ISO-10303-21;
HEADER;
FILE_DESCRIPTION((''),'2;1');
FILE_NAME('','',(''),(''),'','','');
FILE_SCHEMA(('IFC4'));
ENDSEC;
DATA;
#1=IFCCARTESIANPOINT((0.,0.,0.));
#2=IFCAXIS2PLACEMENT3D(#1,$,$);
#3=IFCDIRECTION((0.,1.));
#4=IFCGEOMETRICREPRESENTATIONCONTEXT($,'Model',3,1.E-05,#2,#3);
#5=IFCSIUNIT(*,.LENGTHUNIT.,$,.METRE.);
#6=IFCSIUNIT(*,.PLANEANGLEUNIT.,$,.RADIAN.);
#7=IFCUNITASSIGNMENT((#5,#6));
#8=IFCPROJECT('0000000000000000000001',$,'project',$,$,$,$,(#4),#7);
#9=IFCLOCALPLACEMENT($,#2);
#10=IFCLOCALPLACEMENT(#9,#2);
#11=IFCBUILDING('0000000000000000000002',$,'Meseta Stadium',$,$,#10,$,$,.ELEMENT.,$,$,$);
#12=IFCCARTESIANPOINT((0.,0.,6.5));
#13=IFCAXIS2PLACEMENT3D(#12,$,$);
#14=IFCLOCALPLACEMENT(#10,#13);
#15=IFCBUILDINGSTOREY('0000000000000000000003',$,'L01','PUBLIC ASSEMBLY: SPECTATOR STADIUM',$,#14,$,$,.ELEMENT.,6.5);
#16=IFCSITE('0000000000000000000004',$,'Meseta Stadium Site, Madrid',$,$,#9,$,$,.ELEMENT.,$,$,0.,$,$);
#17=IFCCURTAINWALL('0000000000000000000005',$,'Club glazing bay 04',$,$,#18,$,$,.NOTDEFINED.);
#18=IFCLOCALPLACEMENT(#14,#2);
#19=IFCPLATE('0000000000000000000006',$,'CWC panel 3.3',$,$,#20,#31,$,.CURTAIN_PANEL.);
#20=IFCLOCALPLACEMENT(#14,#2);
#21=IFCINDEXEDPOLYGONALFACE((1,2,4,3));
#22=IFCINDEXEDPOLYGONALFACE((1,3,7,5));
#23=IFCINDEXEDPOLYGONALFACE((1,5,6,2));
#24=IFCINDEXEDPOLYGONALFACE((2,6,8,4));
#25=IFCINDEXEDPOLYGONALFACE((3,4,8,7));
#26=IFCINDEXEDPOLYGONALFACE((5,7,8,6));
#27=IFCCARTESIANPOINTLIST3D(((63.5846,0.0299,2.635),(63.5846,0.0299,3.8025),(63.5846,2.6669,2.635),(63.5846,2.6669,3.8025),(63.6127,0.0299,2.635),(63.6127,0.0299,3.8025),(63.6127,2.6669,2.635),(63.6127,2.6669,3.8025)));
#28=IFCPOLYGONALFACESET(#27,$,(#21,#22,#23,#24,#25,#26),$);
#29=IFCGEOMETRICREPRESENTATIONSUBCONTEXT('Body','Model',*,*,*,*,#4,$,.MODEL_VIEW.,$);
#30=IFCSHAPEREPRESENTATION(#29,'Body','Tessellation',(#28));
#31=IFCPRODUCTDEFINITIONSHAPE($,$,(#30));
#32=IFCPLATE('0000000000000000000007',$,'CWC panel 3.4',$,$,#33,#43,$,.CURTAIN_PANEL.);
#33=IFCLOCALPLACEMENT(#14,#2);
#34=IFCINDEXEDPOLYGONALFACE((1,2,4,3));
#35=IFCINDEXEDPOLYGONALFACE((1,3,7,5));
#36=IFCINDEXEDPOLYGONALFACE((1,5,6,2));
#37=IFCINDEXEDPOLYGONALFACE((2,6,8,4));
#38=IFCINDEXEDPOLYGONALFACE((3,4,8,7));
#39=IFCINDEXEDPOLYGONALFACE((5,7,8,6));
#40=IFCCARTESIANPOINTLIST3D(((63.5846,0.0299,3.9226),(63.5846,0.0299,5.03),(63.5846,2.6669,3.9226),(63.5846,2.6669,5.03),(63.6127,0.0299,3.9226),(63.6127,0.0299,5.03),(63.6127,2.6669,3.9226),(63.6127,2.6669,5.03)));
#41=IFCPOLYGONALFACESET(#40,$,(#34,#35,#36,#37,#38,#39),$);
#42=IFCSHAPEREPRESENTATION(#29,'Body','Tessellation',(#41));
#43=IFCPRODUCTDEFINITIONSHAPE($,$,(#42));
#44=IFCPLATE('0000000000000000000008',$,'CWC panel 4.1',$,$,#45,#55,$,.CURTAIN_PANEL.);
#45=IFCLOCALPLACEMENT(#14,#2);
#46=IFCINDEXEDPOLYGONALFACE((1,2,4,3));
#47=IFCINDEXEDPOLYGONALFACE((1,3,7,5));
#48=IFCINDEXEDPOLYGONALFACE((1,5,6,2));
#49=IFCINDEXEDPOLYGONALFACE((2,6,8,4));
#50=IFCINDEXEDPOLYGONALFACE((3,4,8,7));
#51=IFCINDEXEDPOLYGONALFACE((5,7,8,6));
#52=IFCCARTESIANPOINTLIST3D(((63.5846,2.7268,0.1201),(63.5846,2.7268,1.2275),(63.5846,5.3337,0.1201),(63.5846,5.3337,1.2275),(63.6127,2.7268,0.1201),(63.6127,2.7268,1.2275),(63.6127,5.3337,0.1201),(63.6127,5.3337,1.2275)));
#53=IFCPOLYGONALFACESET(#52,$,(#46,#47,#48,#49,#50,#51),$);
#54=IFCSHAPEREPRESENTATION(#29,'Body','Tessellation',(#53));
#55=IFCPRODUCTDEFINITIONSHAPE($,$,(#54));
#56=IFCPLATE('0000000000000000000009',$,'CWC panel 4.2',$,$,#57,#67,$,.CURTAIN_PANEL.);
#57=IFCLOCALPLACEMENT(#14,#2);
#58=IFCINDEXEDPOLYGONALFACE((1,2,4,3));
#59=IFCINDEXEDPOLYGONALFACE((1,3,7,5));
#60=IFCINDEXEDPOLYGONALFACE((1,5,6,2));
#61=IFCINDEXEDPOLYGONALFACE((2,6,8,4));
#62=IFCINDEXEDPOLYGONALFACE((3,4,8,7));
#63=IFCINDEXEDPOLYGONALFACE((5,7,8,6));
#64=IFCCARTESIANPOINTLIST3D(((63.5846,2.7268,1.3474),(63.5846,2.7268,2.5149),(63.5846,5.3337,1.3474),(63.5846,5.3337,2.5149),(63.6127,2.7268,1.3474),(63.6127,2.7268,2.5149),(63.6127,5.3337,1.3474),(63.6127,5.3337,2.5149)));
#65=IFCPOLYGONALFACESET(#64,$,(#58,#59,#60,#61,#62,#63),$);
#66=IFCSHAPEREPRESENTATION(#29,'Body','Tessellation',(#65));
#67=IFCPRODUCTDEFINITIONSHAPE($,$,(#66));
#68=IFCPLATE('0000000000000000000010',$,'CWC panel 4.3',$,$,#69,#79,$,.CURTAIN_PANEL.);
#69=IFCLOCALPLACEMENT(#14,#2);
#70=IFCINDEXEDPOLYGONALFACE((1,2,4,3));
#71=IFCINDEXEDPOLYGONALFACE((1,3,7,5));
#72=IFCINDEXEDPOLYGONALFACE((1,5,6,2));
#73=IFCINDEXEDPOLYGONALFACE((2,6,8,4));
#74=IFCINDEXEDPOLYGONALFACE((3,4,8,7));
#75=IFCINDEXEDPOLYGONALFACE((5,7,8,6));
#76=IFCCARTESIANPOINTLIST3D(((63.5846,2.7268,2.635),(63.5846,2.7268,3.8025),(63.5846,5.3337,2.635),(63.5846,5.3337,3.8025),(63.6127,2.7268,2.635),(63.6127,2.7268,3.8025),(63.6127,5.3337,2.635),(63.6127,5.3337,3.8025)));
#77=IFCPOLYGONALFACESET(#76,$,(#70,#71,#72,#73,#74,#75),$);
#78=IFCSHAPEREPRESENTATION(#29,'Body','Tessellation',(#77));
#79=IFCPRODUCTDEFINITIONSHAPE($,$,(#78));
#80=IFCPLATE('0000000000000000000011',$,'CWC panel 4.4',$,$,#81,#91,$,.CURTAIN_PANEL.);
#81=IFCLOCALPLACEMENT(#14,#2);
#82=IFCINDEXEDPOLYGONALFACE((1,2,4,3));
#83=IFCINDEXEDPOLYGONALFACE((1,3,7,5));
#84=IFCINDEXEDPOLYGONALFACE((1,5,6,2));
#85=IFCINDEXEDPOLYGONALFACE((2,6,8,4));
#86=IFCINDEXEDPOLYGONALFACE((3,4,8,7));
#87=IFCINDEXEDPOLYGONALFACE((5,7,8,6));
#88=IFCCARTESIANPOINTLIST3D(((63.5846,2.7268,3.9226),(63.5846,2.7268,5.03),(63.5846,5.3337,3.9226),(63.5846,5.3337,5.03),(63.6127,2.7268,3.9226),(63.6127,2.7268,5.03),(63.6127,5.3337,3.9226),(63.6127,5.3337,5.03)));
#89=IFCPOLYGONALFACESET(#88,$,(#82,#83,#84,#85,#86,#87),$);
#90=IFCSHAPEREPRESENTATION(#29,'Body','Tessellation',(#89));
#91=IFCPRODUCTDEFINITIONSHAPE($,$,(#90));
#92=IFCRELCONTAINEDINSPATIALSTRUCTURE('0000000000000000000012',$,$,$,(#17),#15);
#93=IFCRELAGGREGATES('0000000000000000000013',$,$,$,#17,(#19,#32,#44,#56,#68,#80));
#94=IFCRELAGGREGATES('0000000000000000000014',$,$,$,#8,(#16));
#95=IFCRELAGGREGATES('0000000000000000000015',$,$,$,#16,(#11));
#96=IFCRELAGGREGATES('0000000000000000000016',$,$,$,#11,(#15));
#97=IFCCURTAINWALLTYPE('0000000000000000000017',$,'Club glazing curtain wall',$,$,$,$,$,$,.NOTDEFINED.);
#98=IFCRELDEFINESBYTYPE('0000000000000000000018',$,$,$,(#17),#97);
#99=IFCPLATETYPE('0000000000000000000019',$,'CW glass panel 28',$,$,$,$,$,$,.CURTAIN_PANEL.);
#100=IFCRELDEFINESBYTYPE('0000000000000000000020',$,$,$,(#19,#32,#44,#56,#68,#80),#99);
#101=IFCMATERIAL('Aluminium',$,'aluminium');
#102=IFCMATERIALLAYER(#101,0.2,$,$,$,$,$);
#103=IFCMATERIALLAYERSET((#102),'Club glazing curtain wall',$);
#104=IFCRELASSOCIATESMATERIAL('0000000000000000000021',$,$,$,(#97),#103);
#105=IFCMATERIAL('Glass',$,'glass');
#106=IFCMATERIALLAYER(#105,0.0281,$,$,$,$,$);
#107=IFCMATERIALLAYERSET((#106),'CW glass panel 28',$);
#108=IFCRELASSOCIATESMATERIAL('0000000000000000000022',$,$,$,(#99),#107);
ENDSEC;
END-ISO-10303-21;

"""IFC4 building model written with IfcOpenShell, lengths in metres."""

from ifc_helpers import new_model, si_unit, direction, frame, origin, origin_2d, place, context, subcontext, project, spatial, rectangle, extrude, material, layer, layer_set, type_object, element, aggregate, save


model = new_model("IFC4")

# Units and contexts
model_context = context("Model", 3, precision=1e-05, world=origin(), true_north=direction((0.0, 1.0)))
body_context = subcontext(model_context, "Body", "Model", "MODEL_VIEW")
ifc_project = project(units=[si_unit("LENGTHUNIT", "METRE"), si_unit("PLANEANGLEUNIT", "RADIAN")], contexts=[model_context])

# Site, building, storey
site_placement = place(None, origin())
site = spatial("IfcSite", under=ifc_project, at=site_placement, Name="Meseta Stadium Site, Madrid", CompositionType="ELEMENT", RefElevation=0.0)
building_placement = place(site_placement, origin())
building = spatial("IfcBuilding", under=site, at=building_placement, Name="Meseta Stadium", CompositionType="ELEMENT")
storey_placement = place(building_placement, frame((0.0, 0.0, 6.5)))
storey = spatial("IfcBuildingStorey", under=building, at=storey_placement, Name="L01", Description="PUBLIC ASSEMBLY: SPECTATOR STADIUM", CompositionType="ELEMENT", Elevation=6.5)

# Curtain wall, plates
ifc_material_1 = material(Name="Aluminium", Category="aluminium")
ifc_layer_1 = layer(ifc_material_1, 0.2)
ifc_layer_set_1 = layer_set([ifc_layer_1], Name="Club glazing curtain wall")
curtain_wall_type = type_object("IfcCurtainWallType", Name="Club glazing curtain wall", PredefinedType="NOTDEFINED", material=ifc_layer_set_1)
curtain_wall_placement = place(storey_placement, origin())
curtain_wall = element("IfcCurtainWall", 1, at=curtain_wall_placement, inside=storey, type_object=curtain_wall_type, Name="Club glazing bay 04", PredefinedType="NOTDEFINED")
ifc_material_2 = material(Name="Glass", Category="glass")
ifc_layer_2 = layer(ifc_material_2, 0.0281)
ifc_layer_set_2 = layer_set([ifc_layer_2], Name="CW glass panel 28")
plate_type = type_object("IfcPlateType", Name="CW glass panel 28", PredefinedType="CURTAIN_PANEL", material=ifc_layer_set_2)
plate_1_placement = place(storey_placement, frame((63.5986, 1.3484, 2.635), z_axis=(0.0, 0.0, 1.0), x_axis=(0.0, 1.0, 0.0)))
plate_1 = element("IfcPlate", 2, at=plate_1_placement, type_object=plate_type, Name="CWC panel 3.3", PredefinedType="CURTAIN_PANEL", context=body_context, shape_type="SweptSolid", body=[
    extrude(rectangle(XDim=2.637, YDim=0.0281, at=origin_2d()), origin(), (0.0, 0.0, 1.0), 1.1675),
])
plate_2_placement = place(storey_placement, frame((63.5986, 1.3484, 3.9226), z_axis=(0.0, 0.0, 1.0), x_axis=(0.0, 1.0, 0.0)))
plate_2 = element("IfcPlate", 3, at=plate_2_placement, type_object=plate_type, Name="CWC panel 3.4", PredefinedType="CURTAIN_PANEL", context=body_context, shape_type="SweptSolid", body=[
    extrude(rectangle(XDim=2.637, YDim=0.0281, at=origin_2d()), origin(), (0.0, 0.0, 1.0), 1.1074),
])
plate_3_placement = place(storey_placement, frame((63.5986, 4.0303, 0.1201), z_axis=(0.0, 0.0, 1.0), x_axis=(0.0, 1.0, 0.0)))
plate_3 = element("IfcPlate", 4, at=plate_3_placement, type_object=plate_type, Name="CWC panel 4.1", PredefinedType="CURTAIN_PANEL", context=body_context, shape_type="SweptSolid", body=[
    extrude(rectangle(XDim=2.6069, YDim=0.0281, at=origin_2d()), origin(), (0.0, 0.0, 1.0), 1.1074),
])
plate_4_placement = place(storey_placement, frame((63.5986, 4.0303, 1.3474), z_axis=(0.0, 0.0, 1.0), x_axis=(0.0, 1.0, 0.0)))
plate_4 = element("IfcPlate", 5, at=plate_4_placement, type_object=plate_type, Name="CWC panel 4.2", PredefinedType="CURTAIN_PANEL", context=body_context, shape_type="SweptSolid", body=[
    extrude(rectangle(XDim=2.6069, YDim=0.0281, at=origin_2d()), origin(), (0.0, 0.0, 1.0), 1.1675),
])
plate_5_placement = place(storey_placement, frame((63.5986, 4.0303, 2.635), z_axis=(0.0, 0.0, 1.0), x_axis=(0.0, 1.0, 0.0)))
plate_5 = element("IfcPlate", 6, at=plate_5_placement, type_object=plate_type, Name="CWC panel 4.3", PredefinedType="CURTAIN_PANEL", context=body_context, shape_type="SweptSolid", body=[
    extrude(rectangle(XDim=2.6069, YDim=0.0281, at=origin_2d()), origin(), (0.0, 0.0, 1.0), 1.1675),
])
plate_6_placement = place(storey_placement, frame((63.5986, 4.0303, 3.9226), z_axis=(0.0, 0.0, 1.0), x_axis=(0.0, 1.0, 0.0)))
plate_6 = element("IfcPlate", 7, at=plate_6_placement, type_object=plate_type, Name="CWC panel 4.4", PredefinedType="CURTAIN_PANEL", context=body_context, shape_type="SweptSolid", body=[
    extrude(rectangle(XDim=2.6069, YDim=0.0281, at=origin_2d()), origin(), (0.0, 0.0, 1.0), 1.1074),
])
aggregate(curtain_wall, [plate_1, plate_2, plate_3, plate_4, plate_5, plate_6])

save(model, "model.ifc")
